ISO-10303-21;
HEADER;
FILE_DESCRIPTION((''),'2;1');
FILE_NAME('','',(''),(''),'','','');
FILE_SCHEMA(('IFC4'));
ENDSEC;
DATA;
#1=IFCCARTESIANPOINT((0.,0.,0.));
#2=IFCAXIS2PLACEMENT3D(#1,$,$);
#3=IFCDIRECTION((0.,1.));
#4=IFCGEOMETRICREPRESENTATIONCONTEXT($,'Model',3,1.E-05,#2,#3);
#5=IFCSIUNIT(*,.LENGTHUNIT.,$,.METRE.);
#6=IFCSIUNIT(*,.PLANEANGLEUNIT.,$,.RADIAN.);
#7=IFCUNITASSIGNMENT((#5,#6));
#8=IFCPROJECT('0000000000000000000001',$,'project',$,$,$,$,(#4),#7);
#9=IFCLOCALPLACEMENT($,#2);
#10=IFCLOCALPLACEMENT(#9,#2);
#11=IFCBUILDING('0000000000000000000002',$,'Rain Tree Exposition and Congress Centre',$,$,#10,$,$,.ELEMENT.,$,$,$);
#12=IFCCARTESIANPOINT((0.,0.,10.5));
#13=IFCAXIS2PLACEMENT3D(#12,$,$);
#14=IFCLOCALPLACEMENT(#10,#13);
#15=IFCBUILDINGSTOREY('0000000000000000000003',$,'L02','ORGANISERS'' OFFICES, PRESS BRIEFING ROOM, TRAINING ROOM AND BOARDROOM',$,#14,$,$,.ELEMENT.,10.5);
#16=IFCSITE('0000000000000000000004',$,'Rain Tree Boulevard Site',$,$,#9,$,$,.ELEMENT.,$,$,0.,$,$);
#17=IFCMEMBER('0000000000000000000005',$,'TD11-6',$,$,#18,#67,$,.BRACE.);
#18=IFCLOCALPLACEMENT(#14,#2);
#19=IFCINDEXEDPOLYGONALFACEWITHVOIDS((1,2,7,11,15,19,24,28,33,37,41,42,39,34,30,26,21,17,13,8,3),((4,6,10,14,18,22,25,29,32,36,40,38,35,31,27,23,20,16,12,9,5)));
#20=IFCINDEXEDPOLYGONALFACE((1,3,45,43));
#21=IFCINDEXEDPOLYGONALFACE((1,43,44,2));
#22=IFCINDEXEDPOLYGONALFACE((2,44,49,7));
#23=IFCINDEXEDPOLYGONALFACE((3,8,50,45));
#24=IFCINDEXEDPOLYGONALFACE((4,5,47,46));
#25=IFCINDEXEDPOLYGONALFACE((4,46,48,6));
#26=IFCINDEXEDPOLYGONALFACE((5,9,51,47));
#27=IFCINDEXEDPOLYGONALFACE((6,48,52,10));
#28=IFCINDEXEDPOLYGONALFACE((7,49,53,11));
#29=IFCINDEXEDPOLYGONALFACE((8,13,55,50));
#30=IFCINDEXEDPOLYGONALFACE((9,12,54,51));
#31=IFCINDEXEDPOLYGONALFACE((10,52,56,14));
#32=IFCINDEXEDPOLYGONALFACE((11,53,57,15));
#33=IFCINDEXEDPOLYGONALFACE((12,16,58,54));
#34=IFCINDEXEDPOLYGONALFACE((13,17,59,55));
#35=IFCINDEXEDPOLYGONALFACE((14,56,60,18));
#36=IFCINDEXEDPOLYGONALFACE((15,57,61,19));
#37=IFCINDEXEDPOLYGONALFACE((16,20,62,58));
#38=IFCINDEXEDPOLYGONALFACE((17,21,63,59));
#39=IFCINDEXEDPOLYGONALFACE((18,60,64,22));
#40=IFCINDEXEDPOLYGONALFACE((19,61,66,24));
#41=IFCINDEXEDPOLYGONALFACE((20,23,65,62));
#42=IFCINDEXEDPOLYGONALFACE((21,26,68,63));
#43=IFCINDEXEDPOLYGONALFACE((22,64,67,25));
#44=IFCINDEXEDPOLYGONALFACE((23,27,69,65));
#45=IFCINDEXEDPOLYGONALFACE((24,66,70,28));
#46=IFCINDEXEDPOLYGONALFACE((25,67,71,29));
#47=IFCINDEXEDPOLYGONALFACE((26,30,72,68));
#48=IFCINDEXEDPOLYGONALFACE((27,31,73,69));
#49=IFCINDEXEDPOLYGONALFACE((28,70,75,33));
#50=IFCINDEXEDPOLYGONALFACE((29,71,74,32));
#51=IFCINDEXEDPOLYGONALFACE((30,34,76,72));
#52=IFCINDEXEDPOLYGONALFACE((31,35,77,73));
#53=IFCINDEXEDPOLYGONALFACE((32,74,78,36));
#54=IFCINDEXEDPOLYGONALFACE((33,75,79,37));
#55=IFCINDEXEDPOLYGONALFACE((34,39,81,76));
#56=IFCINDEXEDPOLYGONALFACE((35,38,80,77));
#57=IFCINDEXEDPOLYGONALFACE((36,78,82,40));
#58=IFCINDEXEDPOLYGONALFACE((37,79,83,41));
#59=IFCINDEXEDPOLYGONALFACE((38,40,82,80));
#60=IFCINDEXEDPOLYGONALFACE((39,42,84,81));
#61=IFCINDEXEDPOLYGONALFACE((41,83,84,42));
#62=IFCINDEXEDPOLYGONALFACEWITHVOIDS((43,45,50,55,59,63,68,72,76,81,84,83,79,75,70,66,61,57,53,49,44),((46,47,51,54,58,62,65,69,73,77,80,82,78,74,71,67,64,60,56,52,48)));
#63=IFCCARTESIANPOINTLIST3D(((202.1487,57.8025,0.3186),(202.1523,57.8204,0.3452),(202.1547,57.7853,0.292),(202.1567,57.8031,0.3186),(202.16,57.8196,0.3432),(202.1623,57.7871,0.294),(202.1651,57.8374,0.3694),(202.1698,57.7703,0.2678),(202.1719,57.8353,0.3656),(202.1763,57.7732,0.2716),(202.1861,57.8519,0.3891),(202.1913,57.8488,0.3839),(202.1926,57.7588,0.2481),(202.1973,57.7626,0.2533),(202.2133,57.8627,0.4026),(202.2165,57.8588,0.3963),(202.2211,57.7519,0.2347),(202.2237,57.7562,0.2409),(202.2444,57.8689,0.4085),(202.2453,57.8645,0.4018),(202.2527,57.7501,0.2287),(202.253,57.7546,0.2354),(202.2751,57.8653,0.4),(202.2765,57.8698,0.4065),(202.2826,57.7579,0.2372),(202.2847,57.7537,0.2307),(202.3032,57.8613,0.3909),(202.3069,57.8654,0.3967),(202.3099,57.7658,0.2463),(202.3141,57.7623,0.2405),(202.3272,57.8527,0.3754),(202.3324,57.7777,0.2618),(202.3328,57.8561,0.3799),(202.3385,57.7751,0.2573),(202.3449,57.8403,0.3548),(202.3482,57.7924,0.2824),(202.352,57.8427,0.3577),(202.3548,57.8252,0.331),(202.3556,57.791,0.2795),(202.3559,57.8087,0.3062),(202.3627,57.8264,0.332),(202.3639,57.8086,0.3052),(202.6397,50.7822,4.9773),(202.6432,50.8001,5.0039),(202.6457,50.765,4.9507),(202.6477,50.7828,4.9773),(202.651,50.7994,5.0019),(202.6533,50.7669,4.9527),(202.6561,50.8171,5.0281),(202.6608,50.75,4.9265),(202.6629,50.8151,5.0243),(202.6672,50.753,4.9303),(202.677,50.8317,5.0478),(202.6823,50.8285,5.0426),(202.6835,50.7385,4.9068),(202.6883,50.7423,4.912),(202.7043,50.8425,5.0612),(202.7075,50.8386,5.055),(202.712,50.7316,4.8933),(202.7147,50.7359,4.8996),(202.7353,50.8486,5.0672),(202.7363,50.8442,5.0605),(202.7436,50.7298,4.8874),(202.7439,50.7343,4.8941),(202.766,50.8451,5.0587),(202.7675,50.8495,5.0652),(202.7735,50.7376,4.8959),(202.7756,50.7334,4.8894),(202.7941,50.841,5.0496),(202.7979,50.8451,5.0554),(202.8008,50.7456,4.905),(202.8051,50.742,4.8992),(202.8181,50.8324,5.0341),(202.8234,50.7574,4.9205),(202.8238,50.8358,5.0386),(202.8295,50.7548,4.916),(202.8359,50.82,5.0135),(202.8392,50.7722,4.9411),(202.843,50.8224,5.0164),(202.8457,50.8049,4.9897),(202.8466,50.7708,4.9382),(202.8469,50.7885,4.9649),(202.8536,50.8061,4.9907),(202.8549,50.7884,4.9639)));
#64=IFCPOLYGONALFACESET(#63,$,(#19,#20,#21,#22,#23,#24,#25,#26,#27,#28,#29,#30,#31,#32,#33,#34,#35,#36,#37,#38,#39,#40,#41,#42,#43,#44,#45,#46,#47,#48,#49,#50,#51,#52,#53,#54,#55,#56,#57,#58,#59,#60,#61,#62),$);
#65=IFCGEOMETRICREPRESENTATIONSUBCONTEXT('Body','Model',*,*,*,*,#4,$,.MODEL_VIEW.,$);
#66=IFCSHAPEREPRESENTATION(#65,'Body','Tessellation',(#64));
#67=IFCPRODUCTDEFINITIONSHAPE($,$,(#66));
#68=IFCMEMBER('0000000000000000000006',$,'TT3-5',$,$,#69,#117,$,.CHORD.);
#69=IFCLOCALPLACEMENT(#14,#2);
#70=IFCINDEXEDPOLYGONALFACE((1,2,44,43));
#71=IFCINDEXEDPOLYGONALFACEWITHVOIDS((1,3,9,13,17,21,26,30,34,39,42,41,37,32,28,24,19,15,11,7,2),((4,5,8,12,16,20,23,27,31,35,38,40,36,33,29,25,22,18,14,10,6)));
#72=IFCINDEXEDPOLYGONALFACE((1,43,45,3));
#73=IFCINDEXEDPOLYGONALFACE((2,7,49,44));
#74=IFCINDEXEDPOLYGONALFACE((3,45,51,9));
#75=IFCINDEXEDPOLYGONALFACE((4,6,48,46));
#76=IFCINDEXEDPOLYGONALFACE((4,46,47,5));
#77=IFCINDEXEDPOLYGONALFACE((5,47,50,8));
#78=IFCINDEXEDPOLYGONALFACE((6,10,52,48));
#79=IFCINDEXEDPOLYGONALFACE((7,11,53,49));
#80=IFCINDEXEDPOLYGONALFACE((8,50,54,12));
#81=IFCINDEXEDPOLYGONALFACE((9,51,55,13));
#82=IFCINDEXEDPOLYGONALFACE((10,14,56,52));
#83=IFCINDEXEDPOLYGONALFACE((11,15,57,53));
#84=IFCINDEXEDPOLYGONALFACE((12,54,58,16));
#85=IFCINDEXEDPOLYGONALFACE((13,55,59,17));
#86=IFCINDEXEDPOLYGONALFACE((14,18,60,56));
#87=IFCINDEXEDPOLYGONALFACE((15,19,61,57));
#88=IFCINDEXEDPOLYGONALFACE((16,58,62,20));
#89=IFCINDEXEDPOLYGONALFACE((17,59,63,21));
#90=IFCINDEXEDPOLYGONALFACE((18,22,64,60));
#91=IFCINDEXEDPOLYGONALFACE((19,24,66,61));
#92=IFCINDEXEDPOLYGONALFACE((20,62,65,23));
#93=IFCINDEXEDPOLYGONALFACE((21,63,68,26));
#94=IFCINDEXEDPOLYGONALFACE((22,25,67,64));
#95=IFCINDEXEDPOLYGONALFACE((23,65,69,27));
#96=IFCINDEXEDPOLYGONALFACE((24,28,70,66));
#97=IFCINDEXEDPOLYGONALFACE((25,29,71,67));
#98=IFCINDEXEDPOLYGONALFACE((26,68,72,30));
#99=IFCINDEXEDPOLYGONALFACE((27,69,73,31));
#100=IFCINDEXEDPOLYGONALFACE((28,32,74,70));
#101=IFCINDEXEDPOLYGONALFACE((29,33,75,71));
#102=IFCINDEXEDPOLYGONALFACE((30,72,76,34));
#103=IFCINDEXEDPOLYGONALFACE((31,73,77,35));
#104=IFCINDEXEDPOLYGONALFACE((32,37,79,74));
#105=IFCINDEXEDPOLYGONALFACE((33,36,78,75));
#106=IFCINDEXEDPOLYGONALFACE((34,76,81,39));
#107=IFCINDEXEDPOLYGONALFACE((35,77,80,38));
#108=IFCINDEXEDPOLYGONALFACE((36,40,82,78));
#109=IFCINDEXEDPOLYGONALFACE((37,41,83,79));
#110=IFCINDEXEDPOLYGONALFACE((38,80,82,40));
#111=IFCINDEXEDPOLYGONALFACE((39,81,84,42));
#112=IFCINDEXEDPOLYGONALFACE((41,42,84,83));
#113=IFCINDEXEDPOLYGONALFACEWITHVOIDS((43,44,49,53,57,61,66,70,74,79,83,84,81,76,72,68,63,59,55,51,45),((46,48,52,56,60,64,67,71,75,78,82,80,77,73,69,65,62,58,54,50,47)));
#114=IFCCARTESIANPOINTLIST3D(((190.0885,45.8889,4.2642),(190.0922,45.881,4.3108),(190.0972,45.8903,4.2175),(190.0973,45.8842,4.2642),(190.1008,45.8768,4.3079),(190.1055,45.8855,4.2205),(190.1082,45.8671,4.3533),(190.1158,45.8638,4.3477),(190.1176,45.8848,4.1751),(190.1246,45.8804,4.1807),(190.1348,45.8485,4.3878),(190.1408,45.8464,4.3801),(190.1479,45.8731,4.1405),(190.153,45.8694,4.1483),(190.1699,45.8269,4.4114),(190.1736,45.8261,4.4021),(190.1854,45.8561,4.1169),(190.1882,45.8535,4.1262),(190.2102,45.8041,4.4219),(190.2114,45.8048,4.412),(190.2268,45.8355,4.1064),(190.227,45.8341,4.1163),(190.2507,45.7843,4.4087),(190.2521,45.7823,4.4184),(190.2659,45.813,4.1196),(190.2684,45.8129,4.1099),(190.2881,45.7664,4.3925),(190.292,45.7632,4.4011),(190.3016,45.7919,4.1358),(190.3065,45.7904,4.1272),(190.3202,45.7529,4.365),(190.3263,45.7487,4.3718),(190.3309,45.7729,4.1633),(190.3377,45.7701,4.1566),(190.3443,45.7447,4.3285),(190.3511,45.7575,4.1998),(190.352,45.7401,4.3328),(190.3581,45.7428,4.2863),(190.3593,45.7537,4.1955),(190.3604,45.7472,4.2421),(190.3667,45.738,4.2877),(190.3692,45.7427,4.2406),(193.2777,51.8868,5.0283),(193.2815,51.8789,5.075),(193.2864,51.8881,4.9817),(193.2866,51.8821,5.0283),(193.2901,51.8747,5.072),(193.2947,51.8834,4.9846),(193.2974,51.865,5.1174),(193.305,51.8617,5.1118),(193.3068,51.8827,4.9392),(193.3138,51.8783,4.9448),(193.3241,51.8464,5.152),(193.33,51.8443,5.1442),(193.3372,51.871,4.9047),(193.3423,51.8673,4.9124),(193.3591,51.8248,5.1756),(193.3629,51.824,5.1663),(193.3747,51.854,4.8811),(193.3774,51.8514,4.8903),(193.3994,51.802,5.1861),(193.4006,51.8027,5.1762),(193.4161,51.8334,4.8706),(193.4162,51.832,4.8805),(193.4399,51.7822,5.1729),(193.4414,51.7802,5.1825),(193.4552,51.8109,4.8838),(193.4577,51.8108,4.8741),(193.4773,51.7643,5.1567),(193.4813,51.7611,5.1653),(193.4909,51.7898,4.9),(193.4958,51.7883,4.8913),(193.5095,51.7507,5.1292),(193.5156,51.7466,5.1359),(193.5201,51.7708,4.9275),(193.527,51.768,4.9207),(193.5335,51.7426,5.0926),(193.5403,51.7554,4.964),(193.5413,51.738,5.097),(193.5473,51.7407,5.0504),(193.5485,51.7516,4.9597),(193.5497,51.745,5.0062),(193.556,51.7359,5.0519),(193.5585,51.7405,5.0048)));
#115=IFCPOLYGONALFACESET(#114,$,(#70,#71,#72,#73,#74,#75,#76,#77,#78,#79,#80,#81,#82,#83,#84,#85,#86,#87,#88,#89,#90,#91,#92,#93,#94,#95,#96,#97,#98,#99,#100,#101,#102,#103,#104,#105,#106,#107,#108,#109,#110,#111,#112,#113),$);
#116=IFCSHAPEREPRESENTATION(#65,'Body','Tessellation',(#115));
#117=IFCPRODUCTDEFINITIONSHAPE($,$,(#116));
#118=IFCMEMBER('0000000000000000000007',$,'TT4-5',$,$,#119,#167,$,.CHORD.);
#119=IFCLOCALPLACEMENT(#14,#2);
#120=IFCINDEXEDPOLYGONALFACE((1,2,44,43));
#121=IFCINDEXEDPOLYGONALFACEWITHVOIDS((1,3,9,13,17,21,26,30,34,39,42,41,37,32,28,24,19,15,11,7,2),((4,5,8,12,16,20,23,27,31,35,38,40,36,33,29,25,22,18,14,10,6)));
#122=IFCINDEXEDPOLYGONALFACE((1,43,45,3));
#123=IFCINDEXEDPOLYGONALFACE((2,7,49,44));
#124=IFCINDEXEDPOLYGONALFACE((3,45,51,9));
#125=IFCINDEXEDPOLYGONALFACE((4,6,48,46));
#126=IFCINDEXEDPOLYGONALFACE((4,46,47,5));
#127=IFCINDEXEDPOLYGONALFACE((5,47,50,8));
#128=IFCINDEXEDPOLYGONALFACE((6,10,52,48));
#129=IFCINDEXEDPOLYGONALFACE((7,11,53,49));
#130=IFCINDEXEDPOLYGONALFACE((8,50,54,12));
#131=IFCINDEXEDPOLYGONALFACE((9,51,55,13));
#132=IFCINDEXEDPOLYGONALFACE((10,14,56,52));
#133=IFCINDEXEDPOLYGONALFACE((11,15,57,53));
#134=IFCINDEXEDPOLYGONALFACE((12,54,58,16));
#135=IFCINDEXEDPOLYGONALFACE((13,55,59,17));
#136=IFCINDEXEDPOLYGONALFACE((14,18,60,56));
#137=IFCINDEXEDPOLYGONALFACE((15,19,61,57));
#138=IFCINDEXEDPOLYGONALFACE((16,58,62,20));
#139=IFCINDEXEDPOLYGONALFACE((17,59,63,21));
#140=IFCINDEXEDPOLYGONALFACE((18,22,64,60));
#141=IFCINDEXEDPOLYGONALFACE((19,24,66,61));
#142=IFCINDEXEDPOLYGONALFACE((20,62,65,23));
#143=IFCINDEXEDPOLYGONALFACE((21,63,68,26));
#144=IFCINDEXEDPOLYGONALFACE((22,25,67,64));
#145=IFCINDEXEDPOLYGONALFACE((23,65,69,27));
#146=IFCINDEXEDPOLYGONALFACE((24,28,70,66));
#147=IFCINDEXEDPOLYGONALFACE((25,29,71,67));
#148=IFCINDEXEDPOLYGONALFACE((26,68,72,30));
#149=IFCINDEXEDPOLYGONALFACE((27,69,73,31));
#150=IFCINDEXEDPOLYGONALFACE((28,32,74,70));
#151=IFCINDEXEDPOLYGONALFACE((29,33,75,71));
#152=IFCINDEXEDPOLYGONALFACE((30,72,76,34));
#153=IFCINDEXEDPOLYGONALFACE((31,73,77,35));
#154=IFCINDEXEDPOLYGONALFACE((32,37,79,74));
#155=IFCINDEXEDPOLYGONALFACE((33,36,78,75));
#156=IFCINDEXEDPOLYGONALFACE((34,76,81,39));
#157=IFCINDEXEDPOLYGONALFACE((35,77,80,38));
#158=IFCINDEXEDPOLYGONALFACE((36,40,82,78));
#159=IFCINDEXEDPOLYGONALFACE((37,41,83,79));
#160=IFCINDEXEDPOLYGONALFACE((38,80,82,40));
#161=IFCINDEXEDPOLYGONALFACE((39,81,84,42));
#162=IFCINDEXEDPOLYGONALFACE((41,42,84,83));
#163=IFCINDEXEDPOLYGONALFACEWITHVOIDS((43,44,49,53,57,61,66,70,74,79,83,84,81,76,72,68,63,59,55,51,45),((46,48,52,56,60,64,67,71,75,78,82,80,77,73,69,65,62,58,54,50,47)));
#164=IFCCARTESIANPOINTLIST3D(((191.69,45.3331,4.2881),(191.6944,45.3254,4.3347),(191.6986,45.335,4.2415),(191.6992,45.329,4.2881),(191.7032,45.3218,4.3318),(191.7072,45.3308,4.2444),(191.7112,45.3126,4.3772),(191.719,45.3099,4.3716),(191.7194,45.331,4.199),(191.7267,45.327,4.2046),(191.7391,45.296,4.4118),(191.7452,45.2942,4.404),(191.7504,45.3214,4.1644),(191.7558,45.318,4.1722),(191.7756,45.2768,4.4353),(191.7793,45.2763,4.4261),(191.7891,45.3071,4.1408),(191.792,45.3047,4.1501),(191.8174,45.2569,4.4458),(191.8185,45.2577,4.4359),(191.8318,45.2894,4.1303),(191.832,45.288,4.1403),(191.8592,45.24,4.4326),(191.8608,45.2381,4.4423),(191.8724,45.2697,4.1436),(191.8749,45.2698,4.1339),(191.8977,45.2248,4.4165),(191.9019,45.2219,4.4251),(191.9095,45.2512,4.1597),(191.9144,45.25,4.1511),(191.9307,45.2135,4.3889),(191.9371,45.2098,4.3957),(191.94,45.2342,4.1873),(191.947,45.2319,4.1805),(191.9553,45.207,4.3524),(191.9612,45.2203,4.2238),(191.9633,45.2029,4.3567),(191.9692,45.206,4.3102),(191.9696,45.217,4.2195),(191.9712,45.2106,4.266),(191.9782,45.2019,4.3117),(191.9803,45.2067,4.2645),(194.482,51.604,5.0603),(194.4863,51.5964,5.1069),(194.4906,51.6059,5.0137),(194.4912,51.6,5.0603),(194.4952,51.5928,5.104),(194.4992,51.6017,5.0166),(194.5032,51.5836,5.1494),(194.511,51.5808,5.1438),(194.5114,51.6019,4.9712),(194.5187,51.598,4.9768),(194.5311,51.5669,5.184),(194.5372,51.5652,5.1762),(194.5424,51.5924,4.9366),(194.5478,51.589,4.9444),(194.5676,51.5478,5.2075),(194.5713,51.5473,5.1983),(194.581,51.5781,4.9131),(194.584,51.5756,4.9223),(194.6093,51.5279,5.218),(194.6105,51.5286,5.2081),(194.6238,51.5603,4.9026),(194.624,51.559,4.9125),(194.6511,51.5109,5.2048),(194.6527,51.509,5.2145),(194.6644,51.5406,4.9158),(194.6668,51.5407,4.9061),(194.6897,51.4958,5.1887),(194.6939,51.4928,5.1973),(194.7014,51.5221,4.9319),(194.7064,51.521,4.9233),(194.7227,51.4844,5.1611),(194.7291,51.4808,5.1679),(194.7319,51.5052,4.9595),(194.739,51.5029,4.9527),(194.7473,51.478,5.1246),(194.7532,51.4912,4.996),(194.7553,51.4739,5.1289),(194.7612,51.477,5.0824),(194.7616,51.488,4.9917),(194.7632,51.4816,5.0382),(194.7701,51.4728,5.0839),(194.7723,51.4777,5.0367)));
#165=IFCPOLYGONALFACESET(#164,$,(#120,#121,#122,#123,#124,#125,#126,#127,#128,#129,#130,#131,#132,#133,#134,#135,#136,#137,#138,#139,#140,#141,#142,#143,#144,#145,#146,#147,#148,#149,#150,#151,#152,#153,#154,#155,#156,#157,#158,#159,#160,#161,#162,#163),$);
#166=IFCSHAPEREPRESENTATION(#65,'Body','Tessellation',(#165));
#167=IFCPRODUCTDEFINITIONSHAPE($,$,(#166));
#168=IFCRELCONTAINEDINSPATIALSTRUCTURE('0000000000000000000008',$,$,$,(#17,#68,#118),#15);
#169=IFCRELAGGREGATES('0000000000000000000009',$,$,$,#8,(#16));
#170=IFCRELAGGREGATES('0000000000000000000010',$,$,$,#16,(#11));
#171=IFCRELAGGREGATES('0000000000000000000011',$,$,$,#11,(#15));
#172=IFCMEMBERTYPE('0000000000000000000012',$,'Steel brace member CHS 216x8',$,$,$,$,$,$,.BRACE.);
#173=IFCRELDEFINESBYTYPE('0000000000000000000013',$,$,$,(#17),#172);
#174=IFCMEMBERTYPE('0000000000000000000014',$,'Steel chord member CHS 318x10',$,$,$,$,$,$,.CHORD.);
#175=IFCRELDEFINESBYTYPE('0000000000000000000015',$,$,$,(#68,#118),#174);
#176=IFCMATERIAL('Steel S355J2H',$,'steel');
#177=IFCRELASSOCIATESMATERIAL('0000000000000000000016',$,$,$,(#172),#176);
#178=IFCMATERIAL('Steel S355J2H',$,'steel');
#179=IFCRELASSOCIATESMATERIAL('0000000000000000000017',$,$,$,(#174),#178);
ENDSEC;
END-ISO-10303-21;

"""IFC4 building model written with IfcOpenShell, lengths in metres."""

from ifc_helpers import new_model, si_unit, direction, frame, origin, origin_2d, place, context, subcontext, project, spatial, hollow_circle, extrude, material, material_profile, profile_set, type_object, element, save


model = new_model("IFC4")

# Units and contexts
model_context = context("Model", 3, precision=1e-05, world=origin(), true_north=direction((0.0, 1.0)))
body_context = subcontext(model_context, "Body", "Model", "MODEL_VIEW")
ifc_project = project(units=[si_unit("LENGTHUNIT", "METRE"), si_unit("PLANEANGLEUNIT", "RADIAN")], contexts=[model_context])

# Site, building, storey
site_placement = place(None, origin())
site = spatial("IfcSite", under=ifc_project, at=site_placement, Name="Rain Tree Boulevard Site", CompositionType="ELEMENT", RefElevation=0.0)
building_placement = place(site_placement, origin())
building = spatial("IfcBuilding", under=site, at=building_placement, Name="Rain Tree Exposition and Congress Centre", CompositionType="ELEMENT")
storey_placement = place(building_placement, frame((0.0, 0.0, 10.5)))
storey = spatial("IfcBuildingStorey", under=building, at=storey_placement, Name="L02", Description="ORGANISERS' OFFICES, PRESS BRIEFING ROOM, TRAINING ROOM AND BOARDROOM", CompositionType="ELEMENT", Elevation=10.5)

# Members
ifc_material_1 = material(Name="Steel S355J2H", Category="steel")
ifc_material_profile_1 = material_profile(ifc_material_1, hollow_circle(Radius=0.1082, WallThickness=0.0081, at=origin_2d()), Name="CHS 216x8")
ifc_profile_set_1 = profile_set([ifc_material_profile_1], Name="Steel S355J2H")
member_type_1 = type_object("IfcMemberType", Name="Steel brace member CHS 216x8", PredefinedType="BRACE", material=ifc_profile_set_1)
member_1_placement = place(storey_placement, frame((202.7476, 50.7898, 4.9773), z_axis=(-0.058173, 0.831814, -0.551997), x_axis=(-0.997563, -0.069765, 0.0)))
element("IfcMember", 1, at=member_1_placement, inside=storey, type_object=member_type_1, Name="TD11-6", PredefinedType="BRACE", context=body_context, shape_type="SweptSolid", body=[
    extrude(hollow_circle(Radius=0.1082, WallThickness=0.0081, at=origin_2d()), origin(), (0.0, 0.0, 1.0), 8.4397),
])
ifc_material_2 = material(Name="Steel S355J2H", Category="steel")
ifc_material_profile_2 = material_profile(ifc_material_2, hollow_circle(Radius=0.1592, WallThickness=0.01, at=origin_2d()), Name="CHS 318x10")
ifc_profile_set_2 = profile_set([ifc_material_profile_2], Name="Steel S355J2H")
member_type_2 = type_object("IfcMemberType", Name="Steel chord member CHS 318x10", PredefinedType="CHORD", material=ifc_profile_set_2)
member_2_placement = place(storey_placement, frame((190.229, 45.8142, 4.2642), z_axis=(0.466543, 0.877406, 0.111787), x_axis=(-0.88294, 0.469485, 0.0)))
element("IfcMember", 2, at=member_2_placement, inside=storey, type_object=member_type_2, Name="TT3-5", PredefinedType="CHORD", context=body_context, shape_type="SweptSolid", body=[
    extrude(hollow_circle(Radius=0.1592, WallThickness=0.01, at=origin_2d()), origin(), (0.0, 0.0, 1.0), 6.8359),
])
member_3_placement = place(storey_placement, frame((191.8354, 45.2683, 4.2881), z_axis=(0.404183, 0.907821, 0.11179), x_axis=(-0.913547, 0.406732, 0.0)))
element("IfcMember", 3, at=member_3_placement, inside=storey, type_object=member_type_2, Name="TT4-5", PredefinedType="CHORD", context=body_context, shape_type="SweptSolid", body=[
    extrude(hollow_circle(Radius=0.1592, WallThickness=0.01, at=origin_2d()), origin(), (0.0, 0.0, 1.0), 6.9077),
])

save(model, "model.ifc")
